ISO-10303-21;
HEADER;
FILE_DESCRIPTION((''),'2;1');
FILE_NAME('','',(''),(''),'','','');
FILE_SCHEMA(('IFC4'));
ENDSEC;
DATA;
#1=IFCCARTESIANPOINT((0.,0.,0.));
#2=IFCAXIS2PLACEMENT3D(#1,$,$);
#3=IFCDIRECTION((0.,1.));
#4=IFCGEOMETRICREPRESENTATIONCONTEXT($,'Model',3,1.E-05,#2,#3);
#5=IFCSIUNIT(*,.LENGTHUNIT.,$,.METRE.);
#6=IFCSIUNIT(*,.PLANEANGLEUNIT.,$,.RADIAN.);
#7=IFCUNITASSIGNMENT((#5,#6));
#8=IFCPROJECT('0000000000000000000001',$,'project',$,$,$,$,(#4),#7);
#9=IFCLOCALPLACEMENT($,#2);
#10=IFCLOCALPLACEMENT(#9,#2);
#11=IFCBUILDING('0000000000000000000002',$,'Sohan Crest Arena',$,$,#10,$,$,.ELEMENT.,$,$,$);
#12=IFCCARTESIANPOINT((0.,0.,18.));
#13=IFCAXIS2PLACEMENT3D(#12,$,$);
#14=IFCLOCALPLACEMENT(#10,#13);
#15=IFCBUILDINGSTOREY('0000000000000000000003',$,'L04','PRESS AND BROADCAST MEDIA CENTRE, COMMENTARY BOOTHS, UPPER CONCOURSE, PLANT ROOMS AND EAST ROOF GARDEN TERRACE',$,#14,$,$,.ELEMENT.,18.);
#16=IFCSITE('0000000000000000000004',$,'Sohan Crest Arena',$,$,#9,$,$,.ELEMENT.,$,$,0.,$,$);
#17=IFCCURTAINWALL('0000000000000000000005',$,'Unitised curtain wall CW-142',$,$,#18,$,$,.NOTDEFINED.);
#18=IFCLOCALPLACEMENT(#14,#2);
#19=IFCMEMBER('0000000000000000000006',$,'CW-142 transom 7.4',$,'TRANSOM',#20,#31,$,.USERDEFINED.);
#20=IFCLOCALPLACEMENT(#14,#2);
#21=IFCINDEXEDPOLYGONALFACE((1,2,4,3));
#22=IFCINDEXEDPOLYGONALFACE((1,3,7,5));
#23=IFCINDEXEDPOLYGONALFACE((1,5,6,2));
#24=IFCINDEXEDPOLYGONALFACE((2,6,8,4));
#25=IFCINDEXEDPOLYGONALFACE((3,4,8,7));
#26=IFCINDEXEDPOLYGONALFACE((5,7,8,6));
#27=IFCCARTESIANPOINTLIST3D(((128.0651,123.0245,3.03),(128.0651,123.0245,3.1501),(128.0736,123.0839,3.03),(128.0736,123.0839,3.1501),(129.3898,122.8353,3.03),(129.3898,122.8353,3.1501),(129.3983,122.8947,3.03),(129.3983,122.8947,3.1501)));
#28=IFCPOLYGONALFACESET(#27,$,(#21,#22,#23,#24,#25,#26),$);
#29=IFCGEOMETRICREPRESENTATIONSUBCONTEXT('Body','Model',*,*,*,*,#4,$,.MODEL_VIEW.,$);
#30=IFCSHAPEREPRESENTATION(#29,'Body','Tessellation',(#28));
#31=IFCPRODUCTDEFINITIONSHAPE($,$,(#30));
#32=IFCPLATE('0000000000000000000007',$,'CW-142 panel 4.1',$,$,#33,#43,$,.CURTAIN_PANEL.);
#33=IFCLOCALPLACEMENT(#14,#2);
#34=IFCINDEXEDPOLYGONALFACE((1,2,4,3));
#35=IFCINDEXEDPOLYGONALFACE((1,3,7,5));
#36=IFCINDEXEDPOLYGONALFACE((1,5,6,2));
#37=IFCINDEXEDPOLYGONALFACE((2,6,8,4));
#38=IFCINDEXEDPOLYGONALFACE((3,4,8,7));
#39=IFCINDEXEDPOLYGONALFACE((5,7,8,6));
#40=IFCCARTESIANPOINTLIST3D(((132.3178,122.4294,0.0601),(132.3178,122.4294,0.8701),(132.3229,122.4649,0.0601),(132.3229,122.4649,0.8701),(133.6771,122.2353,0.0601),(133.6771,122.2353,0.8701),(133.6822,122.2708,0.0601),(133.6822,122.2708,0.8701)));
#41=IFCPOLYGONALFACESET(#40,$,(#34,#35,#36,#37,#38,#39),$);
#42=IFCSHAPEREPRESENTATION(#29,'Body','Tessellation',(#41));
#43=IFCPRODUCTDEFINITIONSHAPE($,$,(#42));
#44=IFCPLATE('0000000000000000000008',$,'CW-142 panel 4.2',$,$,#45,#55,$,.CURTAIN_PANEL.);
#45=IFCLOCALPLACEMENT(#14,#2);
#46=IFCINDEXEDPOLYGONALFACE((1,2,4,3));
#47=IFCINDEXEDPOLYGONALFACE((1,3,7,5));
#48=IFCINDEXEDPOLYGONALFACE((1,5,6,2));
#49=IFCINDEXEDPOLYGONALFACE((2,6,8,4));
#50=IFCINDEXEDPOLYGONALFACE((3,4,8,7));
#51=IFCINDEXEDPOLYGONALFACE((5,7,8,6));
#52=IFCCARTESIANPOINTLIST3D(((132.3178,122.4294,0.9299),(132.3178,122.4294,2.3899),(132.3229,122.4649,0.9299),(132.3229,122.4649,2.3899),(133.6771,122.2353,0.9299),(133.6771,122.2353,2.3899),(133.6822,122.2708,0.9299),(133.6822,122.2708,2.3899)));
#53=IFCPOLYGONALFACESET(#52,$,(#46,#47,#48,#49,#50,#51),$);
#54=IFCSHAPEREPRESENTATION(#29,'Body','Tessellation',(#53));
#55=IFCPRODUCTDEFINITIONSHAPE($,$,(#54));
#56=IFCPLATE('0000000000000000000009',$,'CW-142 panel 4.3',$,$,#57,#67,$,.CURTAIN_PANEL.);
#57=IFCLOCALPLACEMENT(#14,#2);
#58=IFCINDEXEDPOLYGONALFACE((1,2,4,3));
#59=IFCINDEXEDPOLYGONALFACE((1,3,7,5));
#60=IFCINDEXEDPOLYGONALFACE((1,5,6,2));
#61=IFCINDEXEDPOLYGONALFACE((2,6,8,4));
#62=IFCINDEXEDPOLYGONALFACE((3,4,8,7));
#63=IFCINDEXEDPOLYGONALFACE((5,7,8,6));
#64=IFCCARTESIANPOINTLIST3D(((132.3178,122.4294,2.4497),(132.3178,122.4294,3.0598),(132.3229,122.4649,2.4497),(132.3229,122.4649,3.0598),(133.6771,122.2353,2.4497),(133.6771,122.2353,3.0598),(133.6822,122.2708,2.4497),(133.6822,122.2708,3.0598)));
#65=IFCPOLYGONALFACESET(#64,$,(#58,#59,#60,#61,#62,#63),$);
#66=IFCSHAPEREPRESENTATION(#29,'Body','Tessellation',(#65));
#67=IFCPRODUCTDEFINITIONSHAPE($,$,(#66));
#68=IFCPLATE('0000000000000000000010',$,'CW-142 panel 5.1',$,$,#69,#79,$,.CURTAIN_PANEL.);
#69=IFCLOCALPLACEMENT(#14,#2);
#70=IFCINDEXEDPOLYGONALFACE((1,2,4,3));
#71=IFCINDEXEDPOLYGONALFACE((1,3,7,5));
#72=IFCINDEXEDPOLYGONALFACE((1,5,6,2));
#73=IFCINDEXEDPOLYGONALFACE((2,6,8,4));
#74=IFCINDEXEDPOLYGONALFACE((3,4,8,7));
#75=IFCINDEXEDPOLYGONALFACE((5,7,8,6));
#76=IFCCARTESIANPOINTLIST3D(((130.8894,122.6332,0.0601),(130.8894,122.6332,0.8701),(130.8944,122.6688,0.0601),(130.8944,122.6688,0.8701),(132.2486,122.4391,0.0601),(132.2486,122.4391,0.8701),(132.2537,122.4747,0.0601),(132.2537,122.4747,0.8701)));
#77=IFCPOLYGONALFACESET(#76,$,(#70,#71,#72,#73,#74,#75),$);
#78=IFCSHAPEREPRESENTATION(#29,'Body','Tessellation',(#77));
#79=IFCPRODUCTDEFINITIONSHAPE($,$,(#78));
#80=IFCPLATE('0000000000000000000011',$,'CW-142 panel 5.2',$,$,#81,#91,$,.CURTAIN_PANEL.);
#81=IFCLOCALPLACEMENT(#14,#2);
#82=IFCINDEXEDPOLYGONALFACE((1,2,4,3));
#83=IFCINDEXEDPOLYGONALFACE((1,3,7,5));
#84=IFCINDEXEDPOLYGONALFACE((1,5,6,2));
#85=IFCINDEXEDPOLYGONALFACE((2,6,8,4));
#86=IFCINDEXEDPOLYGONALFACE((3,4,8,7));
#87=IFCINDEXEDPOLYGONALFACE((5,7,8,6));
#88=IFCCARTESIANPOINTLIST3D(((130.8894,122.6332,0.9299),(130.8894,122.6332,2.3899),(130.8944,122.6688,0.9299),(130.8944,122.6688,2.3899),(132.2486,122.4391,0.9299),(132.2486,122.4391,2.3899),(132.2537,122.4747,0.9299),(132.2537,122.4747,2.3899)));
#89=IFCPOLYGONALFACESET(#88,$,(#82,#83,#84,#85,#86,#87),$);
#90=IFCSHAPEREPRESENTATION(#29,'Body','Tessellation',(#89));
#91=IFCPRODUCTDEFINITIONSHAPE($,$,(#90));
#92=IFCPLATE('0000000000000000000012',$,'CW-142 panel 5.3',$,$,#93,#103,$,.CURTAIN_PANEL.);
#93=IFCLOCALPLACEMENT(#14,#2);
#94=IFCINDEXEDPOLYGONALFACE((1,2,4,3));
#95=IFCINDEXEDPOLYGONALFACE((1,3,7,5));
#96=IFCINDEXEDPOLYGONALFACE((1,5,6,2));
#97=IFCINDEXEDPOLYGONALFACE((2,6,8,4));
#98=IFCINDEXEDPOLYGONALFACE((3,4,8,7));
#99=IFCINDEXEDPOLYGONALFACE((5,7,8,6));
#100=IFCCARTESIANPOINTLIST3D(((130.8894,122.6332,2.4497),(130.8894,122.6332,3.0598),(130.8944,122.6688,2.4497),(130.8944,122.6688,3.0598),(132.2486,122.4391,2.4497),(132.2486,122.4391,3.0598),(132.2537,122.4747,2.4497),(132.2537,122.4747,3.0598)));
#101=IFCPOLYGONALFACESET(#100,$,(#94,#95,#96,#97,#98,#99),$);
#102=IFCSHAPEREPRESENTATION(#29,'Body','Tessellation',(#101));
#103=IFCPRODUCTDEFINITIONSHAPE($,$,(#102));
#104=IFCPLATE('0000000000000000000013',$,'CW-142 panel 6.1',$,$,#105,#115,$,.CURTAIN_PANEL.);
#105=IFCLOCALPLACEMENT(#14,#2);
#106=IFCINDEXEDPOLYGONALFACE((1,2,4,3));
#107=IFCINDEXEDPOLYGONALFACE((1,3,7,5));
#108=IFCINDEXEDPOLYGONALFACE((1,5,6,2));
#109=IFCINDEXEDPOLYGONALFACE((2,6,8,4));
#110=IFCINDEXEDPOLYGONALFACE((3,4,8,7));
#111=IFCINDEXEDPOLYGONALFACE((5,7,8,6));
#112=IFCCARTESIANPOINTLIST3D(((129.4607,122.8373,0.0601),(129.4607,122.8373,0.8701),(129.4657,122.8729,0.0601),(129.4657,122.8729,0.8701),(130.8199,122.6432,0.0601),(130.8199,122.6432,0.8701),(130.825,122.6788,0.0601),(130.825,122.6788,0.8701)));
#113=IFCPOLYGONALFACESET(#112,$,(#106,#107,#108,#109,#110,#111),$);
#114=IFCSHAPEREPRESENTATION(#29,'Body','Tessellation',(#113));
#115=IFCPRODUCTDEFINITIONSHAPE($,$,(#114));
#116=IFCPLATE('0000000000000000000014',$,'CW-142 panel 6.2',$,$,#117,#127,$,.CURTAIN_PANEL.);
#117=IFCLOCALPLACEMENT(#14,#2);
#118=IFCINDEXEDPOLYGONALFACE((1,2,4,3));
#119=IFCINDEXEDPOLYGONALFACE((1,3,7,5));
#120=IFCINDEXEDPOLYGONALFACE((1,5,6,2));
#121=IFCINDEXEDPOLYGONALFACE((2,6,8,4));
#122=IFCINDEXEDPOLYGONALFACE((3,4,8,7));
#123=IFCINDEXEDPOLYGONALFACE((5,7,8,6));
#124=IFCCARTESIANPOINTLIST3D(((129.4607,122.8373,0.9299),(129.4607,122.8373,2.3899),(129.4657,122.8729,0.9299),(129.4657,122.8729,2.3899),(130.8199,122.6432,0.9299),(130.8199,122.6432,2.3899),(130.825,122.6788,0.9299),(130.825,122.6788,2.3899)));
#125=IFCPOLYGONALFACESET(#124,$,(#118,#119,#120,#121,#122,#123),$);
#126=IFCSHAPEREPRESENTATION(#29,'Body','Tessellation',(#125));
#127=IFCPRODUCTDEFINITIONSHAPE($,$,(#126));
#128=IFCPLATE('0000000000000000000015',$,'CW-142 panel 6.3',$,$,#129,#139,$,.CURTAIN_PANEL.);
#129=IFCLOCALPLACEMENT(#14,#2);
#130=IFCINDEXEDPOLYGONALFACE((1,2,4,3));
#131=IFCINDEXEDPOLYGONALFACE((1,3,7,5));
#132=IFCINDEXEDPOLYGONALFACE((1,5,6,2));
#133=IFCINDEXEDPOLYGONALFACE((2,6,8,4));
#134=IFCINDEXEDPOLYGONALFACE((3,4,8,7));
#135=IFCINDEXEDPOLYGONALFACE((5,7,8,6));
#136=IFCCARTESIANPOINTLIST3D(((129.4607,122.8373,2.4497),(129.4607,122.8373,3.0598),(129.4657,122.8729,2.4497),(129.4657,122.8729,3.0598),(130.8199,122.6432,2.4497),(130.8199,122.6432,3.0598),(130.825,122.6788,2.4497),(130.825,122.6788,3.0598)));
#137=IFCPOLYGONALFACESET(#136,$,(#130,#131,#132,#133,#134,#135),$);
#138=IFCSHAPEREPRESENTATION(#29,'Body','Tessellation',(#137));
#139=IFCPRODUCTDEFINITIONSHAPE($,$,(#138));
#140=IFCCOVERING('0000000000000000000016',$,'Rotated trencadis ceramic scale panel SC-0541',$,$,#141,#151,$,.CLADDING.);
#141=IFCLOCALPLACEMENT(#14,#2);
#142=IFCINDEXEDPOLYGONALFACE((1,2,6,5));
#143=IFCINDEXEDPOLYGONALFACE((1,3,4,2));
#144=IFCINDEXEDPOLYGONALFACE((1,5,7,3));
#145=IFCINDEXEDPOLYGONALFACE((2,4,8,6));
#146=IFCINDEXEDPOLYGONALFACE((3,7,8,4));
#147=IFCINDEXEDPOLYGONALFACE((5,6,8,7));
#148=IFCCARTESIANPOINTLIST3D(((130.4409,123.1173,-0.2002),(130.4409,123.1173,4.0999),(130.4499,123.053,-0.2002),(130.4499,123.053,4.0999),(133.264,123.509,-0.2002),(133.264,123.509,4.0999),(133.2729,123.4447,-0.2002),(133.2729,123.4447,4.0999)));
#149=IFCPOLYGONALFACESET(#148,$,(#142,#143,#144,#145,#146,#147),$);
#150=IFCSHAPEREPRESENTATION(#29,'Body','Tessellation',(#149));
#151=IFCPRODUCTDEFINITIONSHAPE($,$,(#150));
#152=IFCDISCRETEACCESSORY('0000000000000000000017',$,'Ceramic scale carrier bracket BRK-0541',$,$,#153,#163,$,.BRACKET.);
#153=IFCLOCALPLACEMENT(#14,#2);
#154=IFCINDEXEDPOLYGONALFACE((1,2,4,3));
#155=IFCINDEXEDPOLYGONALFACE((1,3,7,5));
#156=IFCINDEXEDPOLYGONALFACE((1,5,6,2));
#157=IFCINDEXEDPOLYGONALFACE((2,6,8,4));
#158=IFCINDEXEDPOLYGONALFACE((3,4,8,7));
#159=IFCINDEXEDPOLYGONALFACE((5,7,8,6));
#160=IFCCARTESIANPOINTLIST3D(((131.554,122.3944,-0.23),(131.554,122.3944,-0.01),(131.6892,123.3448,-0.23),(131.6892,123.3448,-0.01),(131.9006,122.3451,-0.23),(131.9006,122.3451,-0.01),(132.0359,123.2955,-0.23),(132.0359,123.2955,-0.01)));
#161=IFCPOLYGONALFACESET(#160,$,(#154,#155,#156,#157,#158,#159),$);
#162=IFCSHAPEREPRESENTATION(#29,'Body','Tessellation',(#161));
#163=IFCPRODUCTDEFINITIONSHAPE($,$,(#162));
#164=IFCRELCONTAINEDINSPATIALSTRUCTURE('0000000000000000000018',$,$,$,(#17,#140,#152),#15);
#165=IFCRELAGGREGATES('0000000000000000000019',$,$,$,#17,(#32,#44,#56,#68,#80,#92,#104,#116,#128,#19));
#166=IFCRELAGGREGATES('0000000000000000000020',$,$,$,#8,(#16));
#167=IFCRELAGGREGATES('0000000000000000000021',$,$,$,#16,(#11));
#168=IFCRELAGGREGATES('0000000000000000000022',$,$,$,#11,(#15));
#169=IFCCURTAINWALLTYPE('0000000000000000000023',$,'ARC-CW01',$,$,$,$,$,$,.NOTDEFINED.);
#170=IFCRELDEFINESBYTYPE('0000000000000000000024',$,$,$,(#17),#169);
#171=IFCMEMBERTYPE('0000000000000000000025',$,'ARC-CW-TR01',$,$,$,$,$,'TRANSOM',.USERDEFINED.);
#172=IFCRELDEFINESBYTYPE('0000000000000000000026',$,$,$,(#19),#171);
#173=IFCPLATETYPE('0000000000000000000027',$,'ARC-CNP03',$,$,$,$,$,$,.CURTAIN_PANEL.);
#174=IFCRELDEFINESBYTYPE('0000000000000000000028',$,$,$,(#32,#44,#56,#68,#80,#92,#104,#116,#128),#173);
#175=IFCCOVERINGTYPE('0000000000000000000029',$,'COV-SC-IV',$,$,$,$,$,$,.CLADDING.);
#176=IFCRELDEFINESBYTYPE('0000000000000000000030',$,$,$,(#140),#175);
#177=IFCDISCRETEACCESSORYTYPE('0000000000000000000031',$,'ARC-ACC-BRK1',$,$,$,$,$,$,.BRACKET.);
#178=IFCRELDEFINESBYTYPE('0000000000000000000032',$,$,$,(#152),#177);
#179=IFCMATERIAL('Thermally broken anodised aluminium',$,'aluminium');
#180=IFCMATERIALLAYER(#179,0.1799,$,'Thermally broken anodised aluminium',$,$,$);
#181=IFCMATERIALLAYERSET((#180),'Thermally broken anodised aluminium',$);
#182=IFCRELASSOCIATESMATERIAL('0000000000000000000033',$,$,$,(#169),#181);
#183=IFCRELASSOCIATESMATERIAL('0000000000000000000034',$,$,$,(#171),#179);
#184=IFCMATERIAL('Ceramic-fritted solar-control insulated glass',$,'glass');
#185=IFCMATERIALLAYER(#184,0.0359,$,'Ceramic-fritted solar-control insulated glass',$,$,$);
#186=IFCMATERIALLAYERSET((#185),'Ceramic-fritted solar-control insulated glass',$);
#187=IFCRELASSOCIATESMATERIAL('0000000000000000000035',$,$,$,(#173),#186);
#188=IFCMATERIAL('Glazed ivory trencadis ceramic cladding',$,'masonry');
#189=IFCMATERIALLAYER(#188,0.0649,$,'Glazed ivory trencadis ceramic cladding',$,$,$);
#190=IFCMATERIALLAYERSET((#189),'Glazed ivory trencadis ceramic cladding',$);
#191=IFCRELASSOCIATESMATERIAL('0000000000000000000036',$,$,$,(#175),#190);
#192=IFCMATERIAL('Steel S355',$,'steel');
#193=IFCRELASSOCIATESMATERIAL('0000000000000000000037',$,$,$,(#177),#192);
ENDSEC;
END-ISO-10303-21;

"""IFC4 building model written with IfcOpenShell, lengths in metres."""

from ifc_helpers import new_model, si_unit, direction, frame, origin, origin_2d, place, context, subcontext, project, spatial, rectangle, extrude, material, layer, layer_set, material_profile, profile_set, type_object, element, aggregate, save


model = new_model("IFC4")

# Units and contexts
model_context = context("Model", 3, precision=1e-05, world=origin(), true_north=direction((0.0, 1.0)))
body_context = subcontext(model_context, "Body", "Model", "MODEL_VIEW")
ifc_project = project(units=[si_unit("LENGTHUNIT", "METRE"), si_unit("PLANEANGLEUNIT", "RADIAN")], contexts=[model_context])

# Site, building, storey
site_placement = place(None, origin())
site = spatial("IfcSite", under=ifc_project, at=site_placement, Name="Sohan Crest Arena", CompositionType="ELEMENT", RefElevation=0.0)
building_placement = place(site_placement, origin())
building = spatial("IfcBuilding", under=site, at=building_placement, Name="Sohan Crest Arena", CompositionType="ELEMENT")
storey_placement = place(building_placement, frame((0.0, 0.0, 18.0)))
storey = spatial("IfcBuildingStorey", under=building, at=storey_placement, Name="L04", Description="PRESS AND BROADCAST MEDIA CENTRE, COMMENTARY BOOTHS, UPPER CONCOURSE, PLANT ROOMS AND EAST ROOF GARDEN TERRACE", CompositionType="ELEMENT", Elevation=18.0)

# Curtain wall, member, plates
ifc_material_1 = material(Name="Thermally broken anodised aluminium", Category="aluminium")
ifc_layer_1 = layer(ifc_material_1, 0.1799, Name="Thermally broken anodised aluminium")
ifc_layer_set_1 = layer_set([ifc_layer_1], Name="Thermally broken anodised aluminium")
curtain_wall_type = type_object("IfcCurtainWallType", Name="ARC-CW01", PredefinedType="NOTDEFINED", material=ifc_layer_set_1)
curtain_wall_placement = place(storey_placement, origin())
curtain_wall = element("IfcCurtainWall", 1, at=curtain_wall_placement, inside=storey, type_object=curtain_wall_type, Name="Unitised curtain wall CW-142", PredefinedType="NOTDEFINED")
ifc_material_profile_1 = material_profile(ifc_material_1, rectangle(XDim=0.0601, YDim=0.1201, at=origin_2d()), Name="ALU-TRAN 60x120")
ifc_profile_set_1 = profile_set([ifc_material_profile_1], Name="Thermally broken anodised aluminium")
member_type_1 = type_object("IfcMemberType", Name="ARC-CW-TR01", ElementType="TRANSOM", PredefinedType="USERDEFINED", material=ifc_profile_set_1)
member_1_placement = place(storey_placement, frame((129.394, 122.865, 3.0901), z_axis=(-0.989953, 0.141396, 0.0), x_axis=(-0.141396, -0.989953, 0.0)))
member_1 = element("IfcMember", 2, at=member_1_placement, type_object=member_type_1, Name="CW-142 transom 7.4", ObjectType="TRANSOM", PredefinedType="USERDEFINED", context=body_context, shape_type="SweptSolid", body=[
    extrude(rectangle(XDim=0.0601, YDim=0.1201, at=origin_2d()), origin(), (0.0, 0.0, 1.0), 1.3381),
])
ifc_material_2 = material(Name="Ceramic-fritted solar-control insulated glass", Category="glass")
ifc_layer_2 = layer(ifc_material_2, 0.0359, Name="Ceramic-fritted solar-control insulated glass")
ifc_layer_set_2 = layer_set([ifc_layer_2], Name="Ceramic-fritted solar-control insulated glass")
plate_type = type_object("IfcPlateType", Name="ARC-CNP03", PredefinedType="CURTAIN_PANEL", material=ifc_layer_set_2)
plate_1_placement = place(storey_placement, frame((133.0, 122.3501, 0.0601), z_axis=(0.0, 0.0, 1.0), x_axis=(-0.989957, 0.141366, 0.0)))
plate_1 = element("IfcPlate", 3, at=plate_1_placement, type_object=plate_type, Name="CW-142 panel 4.1", PredefinedType="CURTAIN_PANEL", context=body_context, shape_type="SweptSolid", body=[
    extrude(rectangle(XDim=1.373, YDim=0.0359, at=origin_2d()), origin(), (0.0, 0.0, 1.0), 0.8101),
])
plate_2_placement = place(storey_placement, frame((133.0, 122.3501, 0.9299), z_axis=(0.0, 0.0, 1.0), x_axis=(-0.989957, 0.141366, 0.0)))
plate_2 = element("IfcPlate", 4, at=plate_2_placement, type_object=plate_type, Name="CW-142 panel 4.2", PredefinedType="CURTAIN_PANEL", context=body_context, shape_type="SweptSolid", body=[
    extrude(rectangle(XDim=1.373, YDim=0.0359, at=origin_2d()), origin(), (0.0, 0.0, 1.0), 1.46),
])
plate_3_placement = place(storey_placement, frame((133.0, 122.3501, 2.4497), z_axis=(0.0, 0.0, 1.0), x_axis=(-0.989957, 0.141366, 0.0)))
plate_3 = element("IfcPlate", 5, at=plate_3_placement, type_object=plate_type, Name="CW-142 panel 4.3", PredefinedType="CURTAIN_PANEL", context=body_context, shape_type="SweptSolid", body=[
    extrude(rectangle(XDim=1.373, YDim=0.0359, at=origin_2d()), origin(), (0.0, 0.0, 1.0), 0.6101),
])
plate_4_placement = place(storey_placement, frame((131.5715, 122.554, 0.0601), z_axis=(0.0, 0.0, 1.0), x_axis=(-0.989957, 0.141366, 0.0)))
plate_4 = element("IfcPlate", 6, at=plate_4_placement, type_object=plate_type, Name="CW-142 panel 5.1", PredefinedType="CURTAIN_PANEL", context=body_context, shape_type="SweptSolid", body=[
    extrude(rectangle(XDim=1.373, YDim=0.0359, at=origin_2d()), origin(), (0.0, 0.0, 1.0), 0.8101),
])
plate_5_placement = place(storey_placement, frame((131.5715, 122.554, 0.9299), z_axis=(0.0, 0.0, 1.0), x_axis=(-0.989957, 0.141366, 0.0)))
plate_5 = element("IfcPlate", 7, at=plate_5_placement, type_object=plate_type, Name="CW-142 panel 5.2", PredefinedType="CURTAIN_PANEL", context=body_context, shape_type="SweptSolid", body=[
    extrude(rectangle(XDim=1.373, YDim=0.0359, at=origin_2d()), origin(), (0.0, 0.0, 1.0), 1.46),
])
plate_6_placement = place(storey_placement, frame((131.5715, 122.554, 2.4497), z_axis=(0.0, 0.0, 1.0), x_axis=(-0.989957, 0.141366, 0.0)))
plate_6 = element("IfcPlate", 8, at=plate_6_placement, type_object=plate_type, Name="CW-142 panel 5.3", PredefinedType="CURTAIN_PANEL", context=body_context, shape_type="SweptSolid", body=[
    extrude(rectangle(XDim=1.373, YDim=0.0359, at=origin_2d()), origin(), (0.0, 0.0, 1.0), 0.6101),
])
plate_7_placement = place(storey_placement, frame((130.1428, 122.7581, 0.0601), z_axis=(0.0, 0.0, 1.0), x_axis=(-0.989957, 0.141366, 0.0)))
plate_7 = element("IfcPlate", 9, at=plate_7_placement, type_object=plate_type, Name="CW-142 panel 6.1", PredefinedType="CURTAIN_PANEL", context=body_context, shape_type="SweptSolid", body=[
    extrude(rectangle(XDim=1.373, YDim=0.0359, at=origin_2d()), origin(), (0.0, 0.0, 1.0), 0.8101),
])
plate_8_placement = place(storey_placement, frame((130.1428, 122.7581, 0.9299), z_axis=(0.0, 0.0, 1.0), x_axis=(-0.989957, 0.141366, 0.0)))
plate_8 = element("IfcPlate", 10, at=plate_8_placement, type_object=plate_type, Name="CW-142 panel 6.2", PredefinedType="CURTAIN_PANEL", context=body_context, shape_type="SweptSolid", body=[
    extrude(rectangle(XDim=1.373, YDim=0.0359, at=origin_2d()), origin(), (0.0, 0.0, 1.0), 1.46),
])
plate_9_placement = place(storey_placement, frame((130.1428, 122.7581, 2.4497), z_axis=(0.0, 0.0, 1.0), x_axis=(-0.989957, 0.141366, 0.0)))
plate_9 = element("IfcPlate", 11, at=plate_9_placement, type_object=plate_type, Name="CW-142 panel 6.3", PredefinedType="CURTAIN_PANEL", context=body_context, shape_type="SweptSolid", body=[
    extrude(rectangle(XDim=1.373, YDim=0.0359, at=origin_2d()), origin(), (0.0, 0.0, 1.0), 0.6101),
])
aggregate(curtain_wall, [plate_1, plate_2, plate_3, plate_4, plate_5, plate_6, plate_7, plate_8, plate_9, member_1])

# Covering
ifc_material_3 = material(Name="Glazed ivory trencadis ceramic cladding", Category="masonry")
ifc_layer_3 = layer(ifc_material_3, 0.0649, Name="Glazed ivory trencadis ceramic cladding")
ifc_layer_set_3 = layer_set([ifc_layer_3], Name="Glazed ivory trencadis ceramic cladding")
covering_type = type_object("IfcCoveringType", Name="COV-SC-IV", PredefinedType="CLADDING", material=ifc_layer_set_3)
covering_placement = place(storey_placement, frame((131.8569, 123.281, -0.2002), z_axis=(0.0, 0.0, 1.0), x_axis=(-0.990509, -0.137445, 0.0)))
element("IfcCovering", 12, at=covering_placement, inside=storey, type_object=covering_type, Name="Rotated trencadis ceramic scale panel SC-0541", PredefinedType="CLADDING", context=body_context, shape_type="SweptSolid", body=[
    extrude(rectangle(XDim=2.8501, YDim=0.0649, at=origin_2d()), origin(), (0.0, 0.0, 1.0), 4.3),
])

# Discrete accessory
ifc_material_4 = material(Name="Steel S355", Category="steel")
discrete_accessory_type = type_object("IfcDiscreteAccessoryType", Name="ARC-ACC-BRK1", PredefinedType="BRACKET", material=ifc_material_4)
discrete_accessory_placement = place(storey_placement, frame((131.7949, 122.845, -0.23), z_axis=(0.0, 0.0, 1.0), x_axis=(-0.990024, 0.140901, 0.0)))
element("IfcDiscreteAccessory", 13, at=discrete_accessory_placement, inside=storey, type_object=discrete_accessory_type, Name="Ceramic scale carrier bracket BRK-0541", PredefinedType="BRACKET", context=body_context, shape_type="SweptSolid", body=[
    extrude(rectangle(XDim=0.3501, YDim=0.96, at=origin_2d()), origin(), (0.0, 0.0, 1.0), 0.22),
])

save(model, "model.ifc")
